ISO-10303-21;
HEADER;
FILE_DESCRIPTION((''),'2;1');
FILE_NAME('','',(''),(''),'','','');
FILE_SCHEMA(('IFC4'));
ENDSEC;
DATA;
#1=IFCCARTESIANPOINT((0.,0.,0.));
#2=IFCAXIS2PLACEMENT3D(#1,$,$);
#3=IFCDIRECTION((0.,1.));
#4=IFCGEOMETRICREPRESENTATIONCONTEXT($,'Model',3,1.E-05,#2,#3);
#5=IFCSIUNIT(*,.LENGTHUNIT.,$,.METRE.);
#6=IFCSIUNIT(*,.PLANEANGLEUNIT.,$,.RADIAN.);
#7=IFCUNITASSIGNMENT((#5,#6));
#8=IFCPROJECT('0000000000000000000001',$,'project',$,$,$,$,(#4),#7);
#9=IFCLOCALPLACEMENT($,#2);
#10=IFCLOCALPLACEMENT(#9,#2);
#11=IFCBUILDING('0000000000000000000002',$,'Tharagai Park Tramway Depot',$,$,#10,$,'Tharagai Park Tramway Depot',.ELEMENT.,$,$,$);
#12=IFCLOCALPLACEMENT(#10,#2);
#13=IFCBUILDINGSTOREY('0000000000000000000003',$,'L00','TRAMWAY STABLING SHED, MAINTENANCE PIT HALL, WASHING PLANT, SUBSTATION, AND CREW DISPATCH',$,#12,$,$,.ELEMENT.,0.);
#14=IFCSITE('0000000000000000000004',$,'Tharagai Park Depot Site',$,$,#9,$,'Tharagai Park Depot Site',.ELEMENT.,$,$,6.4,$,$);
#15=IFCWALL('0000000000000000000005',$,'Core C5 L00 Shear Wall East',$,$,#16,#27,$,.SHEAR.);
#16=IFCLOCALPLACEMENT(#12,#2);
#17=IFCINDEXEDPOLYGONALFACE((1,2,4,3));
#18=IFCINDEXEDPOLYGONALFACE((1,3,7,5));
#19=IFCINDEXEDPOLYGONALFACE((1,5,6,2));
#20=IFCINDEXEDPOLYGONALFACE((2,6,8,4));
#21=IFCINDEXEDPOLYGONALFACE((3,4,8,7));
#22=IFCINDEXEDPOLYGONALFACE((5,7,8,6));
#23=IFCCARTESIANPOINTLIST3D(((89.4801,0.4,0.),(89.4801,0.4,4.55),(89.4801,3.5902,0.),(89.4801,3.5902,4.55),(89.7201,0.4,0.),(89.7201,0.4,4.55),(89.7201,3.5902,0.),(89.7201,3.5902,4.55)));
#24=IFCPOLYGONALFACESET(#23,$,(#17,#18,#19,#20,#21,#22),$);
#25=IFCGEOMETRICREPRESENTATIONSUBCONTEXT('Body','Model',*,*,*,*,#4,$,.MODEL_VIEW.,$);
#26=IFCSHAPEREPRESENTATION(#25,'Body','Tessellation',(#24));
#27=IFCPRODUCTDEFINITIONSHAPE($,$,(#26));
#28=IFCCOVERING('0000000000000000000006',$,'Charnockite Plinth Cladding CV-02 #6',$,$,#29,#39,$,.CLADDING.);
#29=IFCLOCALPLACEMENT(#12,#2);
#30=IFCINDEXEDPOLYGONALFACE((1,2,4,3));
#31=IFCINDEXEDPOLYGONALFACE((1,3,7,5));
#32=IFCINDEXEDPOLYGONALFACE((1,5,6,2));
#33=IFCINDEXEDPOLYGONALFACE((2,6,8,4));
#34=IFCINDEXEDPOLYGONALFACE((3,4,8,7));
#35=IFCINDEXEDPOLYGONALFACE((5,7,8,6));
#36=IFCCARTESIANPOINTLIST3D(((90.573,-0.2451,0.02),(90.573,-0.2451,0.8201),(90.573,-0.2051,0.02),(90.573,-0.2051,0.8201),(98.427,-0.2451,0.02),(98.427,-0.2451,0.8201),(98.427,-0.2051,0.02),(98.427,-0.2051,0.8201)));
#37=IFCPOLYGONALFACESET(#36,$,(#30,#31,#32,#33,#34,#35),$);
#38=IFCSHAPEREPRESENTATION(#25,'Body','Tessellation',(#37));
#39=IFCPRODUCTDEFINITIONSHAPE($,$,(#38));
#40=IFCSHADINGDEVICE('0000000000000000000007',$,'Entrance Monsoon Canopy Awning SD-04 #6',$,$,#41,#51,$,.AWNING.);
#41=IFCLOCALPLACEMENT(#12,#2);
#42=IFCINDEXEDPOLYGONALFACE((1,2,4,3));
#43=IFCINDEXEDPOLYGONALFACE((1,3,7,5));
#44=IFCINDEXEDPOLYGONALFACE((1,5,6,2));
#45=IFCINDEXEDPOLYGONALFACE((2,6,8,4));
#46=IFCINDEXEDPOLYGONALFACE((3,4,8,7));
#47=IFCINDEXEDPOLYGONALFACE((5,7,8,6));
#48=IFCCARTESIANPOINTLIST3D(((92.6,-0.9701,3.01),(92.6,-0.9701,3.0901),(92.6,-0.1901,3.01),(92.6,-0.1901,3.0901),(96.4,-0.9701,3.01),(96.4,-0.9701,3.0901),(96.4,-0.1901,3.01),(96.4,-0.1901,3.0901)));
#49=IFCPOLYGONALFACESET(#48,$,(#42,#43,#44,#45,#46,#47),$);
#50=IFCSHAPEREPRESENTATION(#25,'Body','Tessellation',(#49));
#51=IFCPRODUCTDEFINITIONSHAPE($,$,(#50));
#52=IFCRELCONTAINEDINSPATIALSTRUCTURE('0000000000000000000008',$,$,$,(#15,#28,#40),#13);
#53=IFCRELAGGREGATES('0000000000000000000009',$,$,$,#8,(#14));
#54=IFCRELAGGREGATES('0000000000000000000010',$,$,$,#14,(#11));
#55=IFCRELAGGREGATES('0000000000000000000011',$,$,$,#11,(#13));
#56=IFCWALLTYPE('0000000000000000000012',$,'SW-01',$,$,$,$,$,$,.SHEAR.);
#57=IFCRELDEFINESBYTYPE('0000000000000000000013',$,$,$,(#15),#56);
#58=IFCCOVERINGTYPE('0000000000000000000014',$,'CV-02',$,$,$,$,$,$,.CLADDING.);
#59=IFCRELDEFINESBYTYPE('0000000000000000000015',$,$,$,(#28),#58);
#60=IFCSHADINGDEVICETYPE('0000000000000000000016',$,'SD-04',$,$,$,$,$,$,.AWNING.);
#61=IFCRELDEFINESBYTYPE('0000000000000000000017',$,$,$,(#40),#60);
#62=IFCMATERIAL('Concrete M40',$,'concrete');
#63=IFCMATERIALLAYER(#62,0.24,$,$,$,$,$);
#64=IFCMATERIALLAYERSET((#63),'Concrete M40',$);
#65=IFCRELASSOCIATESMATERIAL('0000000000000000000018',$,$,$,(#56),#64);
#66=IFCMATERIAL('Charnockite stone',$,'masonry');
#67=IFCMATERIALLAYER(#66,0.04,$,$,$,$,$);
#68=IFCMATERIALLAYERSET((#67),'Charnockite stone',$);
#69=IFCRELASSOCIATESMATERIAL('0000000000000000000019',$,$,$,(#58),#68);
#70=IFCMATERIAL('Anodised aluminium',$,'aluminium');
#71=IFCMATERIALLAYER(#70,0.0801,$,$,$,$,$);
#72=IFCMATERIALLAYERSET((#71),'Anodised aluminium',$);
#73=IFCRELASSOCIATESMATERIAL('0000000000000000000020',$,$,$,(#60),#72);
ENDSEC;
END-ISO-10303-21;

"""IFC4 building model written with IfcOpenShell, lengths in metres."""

from ifc_helpers import new_model, si_unit, direction, frame, frame_2d, origin, origin_2d, place, context, subcontext, project, spatial, rectangle, extrude, material, layer, layer_set, type_object, element, save


model = new_model("IFC4")

# Units and contexts
model_context = context("Model", 3, precision=1e-05, world=origin(), true_north=direction((0.0, 1.0)))
body_context = subcontext(model_context, "Body", "Model", "MODEL_VIEW")
ifc_project = project(units=[si_unit("LENGTHUNIT", "METRE"), si_unit("PLANEANGLEUNIT", "RADIAN")], contexts=[model_context])

# Site, building, storey
site_placement = place(None, origin())
site = spatial("IfcSite", under=ifc_project, at=site_placement, Name="Tharagai Park Depot Site", LongName="Tharagai Park Depot Site", CompositionType="ELEMENT", RefElevation=6.4)
building_placement = place(site_placement, origin())
building = spatial("IfcBuilding", under=site, at=building_placement, Name="Tharagai Park Tramway Depot", LongName="Tharagai Park Tramway Depot", CompositionType="ELEMENT")
storey_placement = place(building_placement, origin())
storey = spatial("IfcBuildingStorey", under=building, at=storey_placement, Name="L00", Description="TRAMWAY STABLING SHED, MAINTENANCE PIT HALL, WASHING PLANT, SUBSTATION, AND CREW DISPATCH", CompositionType="ELEMENT", Elevation=0.0)

# Shared definitions
ifc_material_1 = material(Name="Concrete M40", Category="concrete")

# Shared definitions
ifc_material_2 = material(Name="Charnockite stone", Category="masonry")

# Wall
ifc_layer_1 = layer(ifc_material_1, 0.24)
ifc_layer_set_1 = layer_set([ifc_layer_1], Name="Concrete M40")
wall_type_1 = type_object("IfcWallType", Name="SW-01", PredefinedType="SHEAR", material=ifc_layer_set_1)
wall_1_placement = place(storey_placement, frame((89.6001, 0.3999, 0.0), z_axis=(0.0, 0.0, 1.0), x_axis=(0.0, 1.0, 0.0)))
element("IfcWall", 1, at=wall_1_placement, inside=storey, type_object=wall_type_1, Name="Core C5 L00 Shear Wall East", PredefinedType="SHEAR", context=body_context, shape_type="SweptSolid", body=[
    extrude(rectangle(XDim=3.1902, YDim=0.24, at=frame_2d((1.5952, 0.0))), origin(), (0.0, 0.0, 1.0), 4.55),
])

# Covering
ifc_layer_2 = layer(ifc_material_2, 0.04)
ifc_layer_set_2 = layer_set([ifc_layer_2], Name="Charnockite stone")
covering_type = type_object("IfcCoveringType", Name="CV-02", PredefinedType="CLADDING", material=ifc_layer_set_2)
covering_placement = place(storey_placement, frame((94.5, -0.2251, 0.02), z_axis=(0.0, 0.0, 1.0), x_axis=(1.0, 0.0, 0.0)))
element("IfcCovering", 2, at=covering_placement, inside=storey, type_object=covering_type, Name="Charnockite Plinth Cladding CV-02 #6", PredefinedType="CLADDING", context=body_context, shape_type="SweptSolid", body=[
    extrude(rectangle(XDim=7.854, YDim=0.04, at=origin_2d()), origin(), (0.0, 0.0, 1.0), 0.8),
])

# Shading device
ifc_material_3 = material(Name="Anodised aluminium", Category="aluminium")
ifc_layer_3 = layer(ifc_material_3, 0.0801)
ifc_layer_set_3 = layer_set([ifc_layer_3], Name="Anodised aluminium")
shading_device_type = type_object("IfcShadingDeviceType", Name="SD-04", PredefinedType="AWNING", material=ifc_layer_set_3)
shading_device_placement = place(storey_placement, frame((94.5, -0.5801, 3.01), z_axis=(0.0, 0.0, 1.0), x_axis=(1.0, 0.0, 0.0)))
element("IfcShadingDevice", 3, at=shading_device_placement, inside=storey, type_object=shading_device_type, Name="Entrance Monsoon Canopy Awning SD-04 #6", PredefinedType="AWNING", context=body_context, shape_type="SweptSolid", body=[
    extrude(rectangle(XDim=3.8, YDim=0.78, at=origin_2d()), origin(), (0.0, 0.0, 1.0), 0.0801),
])

save(model, "model.ifc")
